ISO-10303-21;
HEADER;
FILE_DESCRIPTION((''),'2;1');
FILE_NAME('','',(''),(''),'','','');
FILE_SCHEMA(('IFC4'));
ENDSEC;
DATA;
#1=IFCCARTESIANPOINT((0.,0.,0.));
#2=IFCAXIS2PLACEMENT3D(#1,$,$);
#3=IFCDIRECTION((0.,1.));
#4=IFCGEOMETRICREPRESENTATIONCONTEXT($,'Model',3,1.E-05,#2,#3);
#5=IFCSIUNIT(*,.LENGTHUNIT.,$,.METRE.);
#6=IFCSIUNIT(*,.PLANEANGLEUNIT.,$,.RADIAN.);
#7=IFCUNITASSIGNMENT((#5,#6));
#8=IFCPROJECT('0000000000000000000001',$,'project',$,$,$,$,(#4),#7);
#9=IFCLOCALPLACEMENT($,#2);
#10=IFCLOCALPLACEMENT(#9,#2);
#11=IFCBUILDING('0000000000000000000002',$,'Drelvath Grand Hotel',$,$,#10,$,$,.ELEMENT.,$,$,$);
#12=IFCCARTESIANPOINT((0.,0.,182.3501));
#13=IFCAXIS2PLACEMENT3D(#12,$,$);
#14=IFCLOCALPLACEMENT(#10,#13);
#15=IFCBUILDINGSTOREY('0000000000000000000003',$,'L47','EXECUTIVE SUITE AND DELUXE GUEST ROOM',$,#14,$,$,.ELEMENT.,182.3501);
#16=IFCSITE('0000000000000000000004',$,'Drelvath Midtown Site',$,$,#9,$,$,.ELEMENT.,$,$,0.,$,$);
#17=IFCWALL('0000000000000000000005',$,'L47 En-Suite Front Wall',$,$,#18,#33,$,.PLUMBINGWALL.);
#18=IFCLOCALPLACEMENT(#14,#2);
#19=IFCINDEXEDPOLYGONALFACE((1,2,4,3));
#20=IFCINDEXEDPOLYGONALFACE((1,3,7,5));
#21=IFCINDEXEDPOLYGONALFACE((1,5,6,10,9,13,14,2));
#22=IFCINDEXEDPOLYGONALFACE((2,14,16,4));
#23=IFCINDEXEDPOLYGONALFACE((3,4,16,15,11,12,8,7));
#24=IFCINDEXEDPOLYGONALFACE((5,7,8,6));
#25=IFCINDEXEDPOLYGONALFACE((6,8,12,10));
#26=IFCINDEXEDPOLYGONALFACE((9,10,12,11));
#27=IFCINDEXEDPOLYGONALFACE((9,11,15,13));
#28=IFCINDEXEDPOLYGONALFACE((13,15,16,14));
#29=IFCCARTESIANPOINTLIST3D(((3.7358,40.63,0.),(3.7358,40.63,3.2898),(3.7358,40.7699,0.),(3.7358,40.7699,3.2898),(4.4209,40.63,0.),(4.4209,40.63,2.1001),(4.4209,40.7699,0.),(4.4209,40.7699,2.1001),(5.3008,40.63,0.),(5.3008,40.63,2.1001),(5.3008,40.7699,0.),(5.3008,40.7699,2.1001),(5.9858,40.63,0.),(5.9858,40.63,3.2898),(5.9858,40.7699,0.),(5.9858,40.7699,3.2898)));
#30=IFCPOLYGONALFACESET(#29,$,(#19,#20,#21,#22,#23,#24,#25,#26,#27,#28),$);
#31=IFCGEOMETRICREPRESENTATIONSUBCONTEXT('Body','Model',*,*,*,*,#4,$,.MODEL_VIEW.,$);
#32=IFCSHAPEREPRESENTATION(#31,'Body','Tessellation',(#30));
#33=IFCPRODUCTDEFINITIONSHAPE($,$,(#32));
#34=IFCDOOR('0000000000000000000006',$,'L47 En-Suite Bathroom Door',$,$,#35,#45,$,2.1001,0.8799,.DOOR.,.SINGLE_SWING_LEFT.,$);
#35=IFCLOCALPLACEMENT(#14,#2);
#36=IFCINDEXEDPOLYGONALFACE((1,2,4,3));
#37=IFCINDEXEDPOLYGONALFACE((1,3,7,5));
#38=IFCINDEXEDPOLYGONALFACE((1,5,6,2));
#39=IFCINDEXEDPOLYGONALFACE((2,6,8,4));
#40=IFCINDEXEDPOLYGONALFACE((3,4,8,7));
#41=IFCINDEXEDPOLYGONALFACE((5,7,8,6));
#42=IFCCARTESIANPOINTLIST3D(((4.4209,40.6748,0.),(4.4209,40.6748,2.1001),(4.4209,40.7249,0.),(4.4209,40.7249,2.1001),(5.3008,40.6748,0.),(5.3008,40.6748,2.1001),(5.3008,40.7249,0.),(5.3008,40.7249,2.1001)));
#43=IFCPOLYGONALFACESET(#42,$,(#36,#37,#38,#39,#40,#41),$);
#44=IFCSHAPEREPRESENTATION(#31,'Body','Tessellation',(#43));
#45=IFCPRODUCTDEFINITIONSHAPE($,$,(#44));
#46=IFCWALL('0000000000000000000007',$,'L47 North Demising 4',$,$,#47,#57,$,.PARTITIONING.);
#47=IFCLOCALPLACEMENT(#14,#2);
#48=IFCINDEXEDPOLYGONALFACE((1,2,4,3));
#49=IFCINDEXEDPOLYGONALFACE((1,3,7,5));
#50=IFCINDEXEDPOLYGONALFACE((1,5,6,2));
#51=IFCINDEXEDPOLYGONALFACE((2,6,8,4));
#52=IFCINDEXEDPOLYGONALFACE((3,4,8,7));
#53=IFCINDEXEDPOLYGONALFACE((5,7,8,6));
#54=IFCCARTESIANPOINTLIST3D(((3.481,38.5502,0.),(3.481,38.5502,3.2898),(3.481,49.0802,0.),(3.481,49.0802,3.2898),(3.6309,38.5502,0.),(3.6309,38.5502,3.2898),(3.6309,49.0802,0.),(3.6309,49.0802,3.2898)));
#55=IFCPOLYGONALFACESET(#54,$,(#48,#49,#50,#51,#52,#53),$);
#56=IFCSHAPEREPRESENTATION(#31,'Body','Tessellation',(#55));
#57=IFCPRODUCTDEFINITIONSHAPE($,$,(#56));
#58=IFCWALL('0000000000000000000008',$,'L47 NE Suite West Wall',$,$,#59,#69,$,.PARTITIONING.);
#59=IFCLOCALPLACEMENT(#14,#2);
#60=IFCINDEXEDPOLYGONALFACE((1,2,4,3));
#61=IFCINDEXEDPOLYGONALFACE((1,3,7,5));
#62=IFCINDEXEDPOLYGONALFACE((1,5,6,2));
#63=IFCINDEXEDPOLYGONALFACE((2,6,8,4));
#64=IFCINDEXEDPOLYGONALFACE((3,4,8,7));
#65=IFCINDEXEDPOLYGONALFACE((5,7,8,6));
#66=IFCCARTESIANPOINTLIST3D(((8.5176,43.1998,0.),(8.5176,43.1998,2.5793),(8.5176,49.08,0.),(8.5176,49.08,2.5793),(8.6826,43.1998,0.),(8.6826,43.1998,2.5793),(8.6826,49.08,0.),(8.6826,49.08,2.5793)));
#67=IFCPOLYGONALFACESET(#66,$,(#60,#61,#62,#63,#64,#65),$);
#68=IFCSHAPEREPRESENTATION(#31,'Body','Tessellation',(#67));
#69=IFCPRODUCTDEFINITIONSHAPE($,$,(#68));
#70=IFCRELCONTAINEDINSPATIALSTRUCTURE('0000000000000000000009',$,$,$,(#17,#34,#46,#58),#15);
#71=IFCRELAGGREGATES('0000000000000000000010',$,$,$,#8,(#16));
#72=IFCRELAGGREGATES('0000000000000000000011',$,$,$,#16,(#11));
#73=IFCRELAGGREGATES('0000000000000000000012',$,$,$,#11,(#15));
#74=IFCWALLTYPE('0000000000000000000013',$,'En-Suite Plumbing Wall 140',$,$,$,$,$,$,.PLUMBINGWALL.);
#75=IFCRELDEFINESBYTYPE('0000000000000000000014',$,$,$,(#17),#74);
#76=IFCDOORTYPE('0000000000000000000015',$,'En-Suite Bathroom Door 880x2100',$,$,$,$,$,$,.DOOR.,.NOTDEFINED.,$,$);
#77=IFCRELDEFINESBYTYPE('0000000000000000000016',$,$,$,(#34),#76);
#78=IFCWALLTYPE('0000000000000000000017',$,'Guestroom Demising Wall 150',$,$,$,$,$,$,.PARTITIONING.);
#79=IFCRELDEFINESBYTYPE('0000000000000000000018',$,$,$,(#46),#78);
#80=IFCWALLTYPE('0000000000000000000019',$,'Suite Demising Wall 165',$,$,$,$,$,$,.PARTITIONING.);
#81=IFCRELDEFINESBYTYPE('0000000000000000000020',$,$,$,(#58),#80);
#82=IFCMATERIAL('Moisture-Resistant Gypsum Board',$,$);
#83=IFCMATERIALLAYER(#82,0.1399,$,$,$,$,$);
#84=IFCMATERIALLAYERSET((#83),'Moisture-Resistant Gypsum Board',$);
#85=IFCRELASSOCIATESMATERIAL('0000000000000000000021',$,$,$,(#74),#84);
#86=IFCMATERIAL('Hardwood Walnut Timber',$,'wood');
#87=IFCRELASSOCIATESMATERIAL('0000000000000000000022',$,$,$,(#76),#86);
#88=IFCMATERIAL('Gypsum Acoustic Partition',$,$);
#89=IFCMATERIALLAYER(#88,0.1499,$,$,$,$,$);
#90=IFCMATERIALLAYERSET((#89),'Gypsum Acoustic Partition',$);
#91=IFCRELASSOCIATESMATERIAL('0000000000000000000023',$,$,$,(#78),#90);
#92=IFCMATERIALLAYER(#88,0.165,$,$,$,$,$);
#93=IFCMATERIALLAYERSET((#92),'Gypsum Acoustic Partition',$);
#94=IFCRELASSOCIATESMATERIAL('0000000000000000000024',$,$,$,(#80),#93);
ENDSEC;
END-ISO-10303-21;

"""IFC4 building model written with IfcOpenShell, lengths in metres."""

from ifc_helpers import new_model, si_unit, direction, frame, frame_2d, origin, place, context, subcontext, project, spatial, rectangle, extrude, material, layer, layer_set, type_object, element, fill, save


model = new_model("IFC4")

# Units and contexts
model_context = context("Model", 3, precision=1e-05, world=origin(), true_north=direction((0.0, 1.0)))
body_context = subcontext(model_context, "Body", "Model", "MODEL_VIEW")
ifc_project = project(units=[si_unit("LENGTHUNIT", "METRE"), si_unit("PLANEANGLEUNIT", "RADIAN")], contexts=[model_context])

# Site, building, storey
site_placement = place(None, origin())
site = spatial("IfcSite", under=ifc_project, at=site_placement, Name="Drelvath Midtown Site", CompositionType="ELEMENT", RefElevation=0.0)
building_placement = place(site_placement, origin())
building = spatial("IfcBuilding", under=site, at=building_placement, Name="Drelvath Grand Hotel", CompositionType="ELEMENT")
storey_placement = place(building_placement, frame((0.0, 0.0, 182.3501)))
storey = spatial("IfcBuildingStorey", under=building, at=storey_placement, Name="L47", Description="EXECUTIVE SUITE AND DELUXE GUEST ROOM", CompositionType="ELEMENT", Elevation=182.3501)

# Shared definitions
ifc_material_1 = material(Name="Hardwood Walnut Timber", Category="wood")

# Shared definitions
ifc_material_2 = material(Name="Moisture-Resistant Gypsum Board")
ifc_layer_1 = layer(ifc_material_2, 0.1399)
ifc_layer_set_1 = layer_set([ifc_layer_1], Name="Moisture-Resistant Gypsum Board")
wall_type_1 = type_object("IfcWallType", Name="En-Suite Plumbing Wall 140", PredefinedType="PLUMBINGWALL", material=ifc_layer_set_1)

# Shared definitions
door_type_1 = type_object("IfcDoorType", Name="En-Suite Bathroom Door 880x2100", OperationType="NOTDEFINED", PredefinedType="DOOR", material=ifc_material_1)

# Wall, opening, door
wall_1_placement = place(storey_placement, frame((3.7358, 40.7, 0.0), z_axis=(0.0, 0.0, 1.0), x_axis=(1.0, 0.0, 0.0)))
wall_1 = element("IfcWall", 1, at=wall_1_placement, inside=storey, type_object=wall_type_1, Name="L47 En-Suite Front Wall", PredefinedType="PLUMBINGWALL", context=body_context, shape_type="SweptSolid", body=[
    extrude(rectangle(XDim=2.25, YDim=0.1399, at=frame_2d((1.125, 0.0))), origin(), (0.0, 0.0, 1.0), 3.2898),
])
opening_1_placement = place(wall_1_placement, frame((0.6851, 0.0, 0.0)))
opening_1 = element("IfcOpeningElement", 2, at=opening_1_placement, cuts=wall_1, PredefinedType="OPENING", context=body_context, shape_type="SweptSolid", body=[
    extrude(rectangle(XDim=0.8799, YDim=2.1001, at=frame_2d((0.4399, 1.05))), frame((0.0, 0.0798, 0.0), z_axis=(0.0, -1.0, 0.0), x_axis=(1.0, 0.0, 0.0)), (0.0, 0.0, 1.0), 0.1599),
])
door_1_placement = place(opening_1_placement, origin())
door_1 = element("IfcDoor", 3, at=door_1_placement, inside=storey, type_object=door_type_1, Name="L47 En-Suite Bathroom Door", OperationType="SINGLE_SWING_LEFT", OverallHeight=2.1001, OverallWidth=0.8799, PredefinedType="DOOR", context=body_context, shape_type="SweptSolid", body=[
    extrude(rectangle(XDim=0.8799, YDim=2.1001, at=frame_2d((0.4399, 1.05))), frame((0.0, 0.0249, 0.0), z_axis=(0.0, -1.0, 0.0), x_axis=(1.0, 0.0, 0.0)), (0.0, 0.0, 1.0), 0.05),
])
fill(opening_1, door_1)

# Walls
ifc_material_3 = material(Name="Gypsum Acoustic Partition")
ifc_layer_2 = layer(ifc_material_3, 0.1499)
ifc_layer_set_2 = layer_set([ifc_layer_2], Name="Gypsum Acoustic Partition")
wall_type_2 = type_object("IfcWallType", Name="Guestroom Demising Wall 150", PredefinedType="PARTITIONING", material=ifc_layer_set_2)
wall_2_placement = place(storey_placement, frame((3.5559, 38.55, 0.0), z_axis=(0.0, 0.0, 1.0), x_axis=(0.0, 1.0, 0.0)))
element("IfcWall", 4, at=wall_2_placement, inside=storey, type_object=wall_type_2, Name="L47 North Demising 4", PredefinedType="PARTITIONING", context=body_context, shape_type="SweptSolid", body=[
    extrude(rectangle(XDim=10.53, YDim=0.1499, at=frame_2d((5.2651, 0.0))), origin(), (0.0, 0.0, 1.0), 3.2898),
])
ifc_layer_3 = layer(ifc_material_3, 0.165)
ifc_layer_set_3 = layer_set([ifc_layer_3], Name="Gypsum Acoustic Partition")
wall_type_3 = type_object("IfcWallType", Name="Suite Demising Wall 165", PredefinedType="PARTITIONING", material=ifc_layer_set_3)
wall_3_placement = place(storey_placement, frame((8.6001, 43.2, 0.0), z_axis=(0.0, 0.0, 1.0), x_axis=(0.0, 1.0, 0.0)))
element("IfcWall", 5, at=wall_3_placement, inside=storey, type_object=wall_type_3, Name="L47 NE Suite West Wall", PredefinedType="PARTITIONING", context=body_context, shape_type="SweptSolid", body=[
    extrude(rectangle(XDim=5.8801, YDim=0.165, at=frame_2d((2.9399, 0.0))), origin(), (0.0, 0.0, 1.0), 2.5793),
])

save(model, "model.ifc")
